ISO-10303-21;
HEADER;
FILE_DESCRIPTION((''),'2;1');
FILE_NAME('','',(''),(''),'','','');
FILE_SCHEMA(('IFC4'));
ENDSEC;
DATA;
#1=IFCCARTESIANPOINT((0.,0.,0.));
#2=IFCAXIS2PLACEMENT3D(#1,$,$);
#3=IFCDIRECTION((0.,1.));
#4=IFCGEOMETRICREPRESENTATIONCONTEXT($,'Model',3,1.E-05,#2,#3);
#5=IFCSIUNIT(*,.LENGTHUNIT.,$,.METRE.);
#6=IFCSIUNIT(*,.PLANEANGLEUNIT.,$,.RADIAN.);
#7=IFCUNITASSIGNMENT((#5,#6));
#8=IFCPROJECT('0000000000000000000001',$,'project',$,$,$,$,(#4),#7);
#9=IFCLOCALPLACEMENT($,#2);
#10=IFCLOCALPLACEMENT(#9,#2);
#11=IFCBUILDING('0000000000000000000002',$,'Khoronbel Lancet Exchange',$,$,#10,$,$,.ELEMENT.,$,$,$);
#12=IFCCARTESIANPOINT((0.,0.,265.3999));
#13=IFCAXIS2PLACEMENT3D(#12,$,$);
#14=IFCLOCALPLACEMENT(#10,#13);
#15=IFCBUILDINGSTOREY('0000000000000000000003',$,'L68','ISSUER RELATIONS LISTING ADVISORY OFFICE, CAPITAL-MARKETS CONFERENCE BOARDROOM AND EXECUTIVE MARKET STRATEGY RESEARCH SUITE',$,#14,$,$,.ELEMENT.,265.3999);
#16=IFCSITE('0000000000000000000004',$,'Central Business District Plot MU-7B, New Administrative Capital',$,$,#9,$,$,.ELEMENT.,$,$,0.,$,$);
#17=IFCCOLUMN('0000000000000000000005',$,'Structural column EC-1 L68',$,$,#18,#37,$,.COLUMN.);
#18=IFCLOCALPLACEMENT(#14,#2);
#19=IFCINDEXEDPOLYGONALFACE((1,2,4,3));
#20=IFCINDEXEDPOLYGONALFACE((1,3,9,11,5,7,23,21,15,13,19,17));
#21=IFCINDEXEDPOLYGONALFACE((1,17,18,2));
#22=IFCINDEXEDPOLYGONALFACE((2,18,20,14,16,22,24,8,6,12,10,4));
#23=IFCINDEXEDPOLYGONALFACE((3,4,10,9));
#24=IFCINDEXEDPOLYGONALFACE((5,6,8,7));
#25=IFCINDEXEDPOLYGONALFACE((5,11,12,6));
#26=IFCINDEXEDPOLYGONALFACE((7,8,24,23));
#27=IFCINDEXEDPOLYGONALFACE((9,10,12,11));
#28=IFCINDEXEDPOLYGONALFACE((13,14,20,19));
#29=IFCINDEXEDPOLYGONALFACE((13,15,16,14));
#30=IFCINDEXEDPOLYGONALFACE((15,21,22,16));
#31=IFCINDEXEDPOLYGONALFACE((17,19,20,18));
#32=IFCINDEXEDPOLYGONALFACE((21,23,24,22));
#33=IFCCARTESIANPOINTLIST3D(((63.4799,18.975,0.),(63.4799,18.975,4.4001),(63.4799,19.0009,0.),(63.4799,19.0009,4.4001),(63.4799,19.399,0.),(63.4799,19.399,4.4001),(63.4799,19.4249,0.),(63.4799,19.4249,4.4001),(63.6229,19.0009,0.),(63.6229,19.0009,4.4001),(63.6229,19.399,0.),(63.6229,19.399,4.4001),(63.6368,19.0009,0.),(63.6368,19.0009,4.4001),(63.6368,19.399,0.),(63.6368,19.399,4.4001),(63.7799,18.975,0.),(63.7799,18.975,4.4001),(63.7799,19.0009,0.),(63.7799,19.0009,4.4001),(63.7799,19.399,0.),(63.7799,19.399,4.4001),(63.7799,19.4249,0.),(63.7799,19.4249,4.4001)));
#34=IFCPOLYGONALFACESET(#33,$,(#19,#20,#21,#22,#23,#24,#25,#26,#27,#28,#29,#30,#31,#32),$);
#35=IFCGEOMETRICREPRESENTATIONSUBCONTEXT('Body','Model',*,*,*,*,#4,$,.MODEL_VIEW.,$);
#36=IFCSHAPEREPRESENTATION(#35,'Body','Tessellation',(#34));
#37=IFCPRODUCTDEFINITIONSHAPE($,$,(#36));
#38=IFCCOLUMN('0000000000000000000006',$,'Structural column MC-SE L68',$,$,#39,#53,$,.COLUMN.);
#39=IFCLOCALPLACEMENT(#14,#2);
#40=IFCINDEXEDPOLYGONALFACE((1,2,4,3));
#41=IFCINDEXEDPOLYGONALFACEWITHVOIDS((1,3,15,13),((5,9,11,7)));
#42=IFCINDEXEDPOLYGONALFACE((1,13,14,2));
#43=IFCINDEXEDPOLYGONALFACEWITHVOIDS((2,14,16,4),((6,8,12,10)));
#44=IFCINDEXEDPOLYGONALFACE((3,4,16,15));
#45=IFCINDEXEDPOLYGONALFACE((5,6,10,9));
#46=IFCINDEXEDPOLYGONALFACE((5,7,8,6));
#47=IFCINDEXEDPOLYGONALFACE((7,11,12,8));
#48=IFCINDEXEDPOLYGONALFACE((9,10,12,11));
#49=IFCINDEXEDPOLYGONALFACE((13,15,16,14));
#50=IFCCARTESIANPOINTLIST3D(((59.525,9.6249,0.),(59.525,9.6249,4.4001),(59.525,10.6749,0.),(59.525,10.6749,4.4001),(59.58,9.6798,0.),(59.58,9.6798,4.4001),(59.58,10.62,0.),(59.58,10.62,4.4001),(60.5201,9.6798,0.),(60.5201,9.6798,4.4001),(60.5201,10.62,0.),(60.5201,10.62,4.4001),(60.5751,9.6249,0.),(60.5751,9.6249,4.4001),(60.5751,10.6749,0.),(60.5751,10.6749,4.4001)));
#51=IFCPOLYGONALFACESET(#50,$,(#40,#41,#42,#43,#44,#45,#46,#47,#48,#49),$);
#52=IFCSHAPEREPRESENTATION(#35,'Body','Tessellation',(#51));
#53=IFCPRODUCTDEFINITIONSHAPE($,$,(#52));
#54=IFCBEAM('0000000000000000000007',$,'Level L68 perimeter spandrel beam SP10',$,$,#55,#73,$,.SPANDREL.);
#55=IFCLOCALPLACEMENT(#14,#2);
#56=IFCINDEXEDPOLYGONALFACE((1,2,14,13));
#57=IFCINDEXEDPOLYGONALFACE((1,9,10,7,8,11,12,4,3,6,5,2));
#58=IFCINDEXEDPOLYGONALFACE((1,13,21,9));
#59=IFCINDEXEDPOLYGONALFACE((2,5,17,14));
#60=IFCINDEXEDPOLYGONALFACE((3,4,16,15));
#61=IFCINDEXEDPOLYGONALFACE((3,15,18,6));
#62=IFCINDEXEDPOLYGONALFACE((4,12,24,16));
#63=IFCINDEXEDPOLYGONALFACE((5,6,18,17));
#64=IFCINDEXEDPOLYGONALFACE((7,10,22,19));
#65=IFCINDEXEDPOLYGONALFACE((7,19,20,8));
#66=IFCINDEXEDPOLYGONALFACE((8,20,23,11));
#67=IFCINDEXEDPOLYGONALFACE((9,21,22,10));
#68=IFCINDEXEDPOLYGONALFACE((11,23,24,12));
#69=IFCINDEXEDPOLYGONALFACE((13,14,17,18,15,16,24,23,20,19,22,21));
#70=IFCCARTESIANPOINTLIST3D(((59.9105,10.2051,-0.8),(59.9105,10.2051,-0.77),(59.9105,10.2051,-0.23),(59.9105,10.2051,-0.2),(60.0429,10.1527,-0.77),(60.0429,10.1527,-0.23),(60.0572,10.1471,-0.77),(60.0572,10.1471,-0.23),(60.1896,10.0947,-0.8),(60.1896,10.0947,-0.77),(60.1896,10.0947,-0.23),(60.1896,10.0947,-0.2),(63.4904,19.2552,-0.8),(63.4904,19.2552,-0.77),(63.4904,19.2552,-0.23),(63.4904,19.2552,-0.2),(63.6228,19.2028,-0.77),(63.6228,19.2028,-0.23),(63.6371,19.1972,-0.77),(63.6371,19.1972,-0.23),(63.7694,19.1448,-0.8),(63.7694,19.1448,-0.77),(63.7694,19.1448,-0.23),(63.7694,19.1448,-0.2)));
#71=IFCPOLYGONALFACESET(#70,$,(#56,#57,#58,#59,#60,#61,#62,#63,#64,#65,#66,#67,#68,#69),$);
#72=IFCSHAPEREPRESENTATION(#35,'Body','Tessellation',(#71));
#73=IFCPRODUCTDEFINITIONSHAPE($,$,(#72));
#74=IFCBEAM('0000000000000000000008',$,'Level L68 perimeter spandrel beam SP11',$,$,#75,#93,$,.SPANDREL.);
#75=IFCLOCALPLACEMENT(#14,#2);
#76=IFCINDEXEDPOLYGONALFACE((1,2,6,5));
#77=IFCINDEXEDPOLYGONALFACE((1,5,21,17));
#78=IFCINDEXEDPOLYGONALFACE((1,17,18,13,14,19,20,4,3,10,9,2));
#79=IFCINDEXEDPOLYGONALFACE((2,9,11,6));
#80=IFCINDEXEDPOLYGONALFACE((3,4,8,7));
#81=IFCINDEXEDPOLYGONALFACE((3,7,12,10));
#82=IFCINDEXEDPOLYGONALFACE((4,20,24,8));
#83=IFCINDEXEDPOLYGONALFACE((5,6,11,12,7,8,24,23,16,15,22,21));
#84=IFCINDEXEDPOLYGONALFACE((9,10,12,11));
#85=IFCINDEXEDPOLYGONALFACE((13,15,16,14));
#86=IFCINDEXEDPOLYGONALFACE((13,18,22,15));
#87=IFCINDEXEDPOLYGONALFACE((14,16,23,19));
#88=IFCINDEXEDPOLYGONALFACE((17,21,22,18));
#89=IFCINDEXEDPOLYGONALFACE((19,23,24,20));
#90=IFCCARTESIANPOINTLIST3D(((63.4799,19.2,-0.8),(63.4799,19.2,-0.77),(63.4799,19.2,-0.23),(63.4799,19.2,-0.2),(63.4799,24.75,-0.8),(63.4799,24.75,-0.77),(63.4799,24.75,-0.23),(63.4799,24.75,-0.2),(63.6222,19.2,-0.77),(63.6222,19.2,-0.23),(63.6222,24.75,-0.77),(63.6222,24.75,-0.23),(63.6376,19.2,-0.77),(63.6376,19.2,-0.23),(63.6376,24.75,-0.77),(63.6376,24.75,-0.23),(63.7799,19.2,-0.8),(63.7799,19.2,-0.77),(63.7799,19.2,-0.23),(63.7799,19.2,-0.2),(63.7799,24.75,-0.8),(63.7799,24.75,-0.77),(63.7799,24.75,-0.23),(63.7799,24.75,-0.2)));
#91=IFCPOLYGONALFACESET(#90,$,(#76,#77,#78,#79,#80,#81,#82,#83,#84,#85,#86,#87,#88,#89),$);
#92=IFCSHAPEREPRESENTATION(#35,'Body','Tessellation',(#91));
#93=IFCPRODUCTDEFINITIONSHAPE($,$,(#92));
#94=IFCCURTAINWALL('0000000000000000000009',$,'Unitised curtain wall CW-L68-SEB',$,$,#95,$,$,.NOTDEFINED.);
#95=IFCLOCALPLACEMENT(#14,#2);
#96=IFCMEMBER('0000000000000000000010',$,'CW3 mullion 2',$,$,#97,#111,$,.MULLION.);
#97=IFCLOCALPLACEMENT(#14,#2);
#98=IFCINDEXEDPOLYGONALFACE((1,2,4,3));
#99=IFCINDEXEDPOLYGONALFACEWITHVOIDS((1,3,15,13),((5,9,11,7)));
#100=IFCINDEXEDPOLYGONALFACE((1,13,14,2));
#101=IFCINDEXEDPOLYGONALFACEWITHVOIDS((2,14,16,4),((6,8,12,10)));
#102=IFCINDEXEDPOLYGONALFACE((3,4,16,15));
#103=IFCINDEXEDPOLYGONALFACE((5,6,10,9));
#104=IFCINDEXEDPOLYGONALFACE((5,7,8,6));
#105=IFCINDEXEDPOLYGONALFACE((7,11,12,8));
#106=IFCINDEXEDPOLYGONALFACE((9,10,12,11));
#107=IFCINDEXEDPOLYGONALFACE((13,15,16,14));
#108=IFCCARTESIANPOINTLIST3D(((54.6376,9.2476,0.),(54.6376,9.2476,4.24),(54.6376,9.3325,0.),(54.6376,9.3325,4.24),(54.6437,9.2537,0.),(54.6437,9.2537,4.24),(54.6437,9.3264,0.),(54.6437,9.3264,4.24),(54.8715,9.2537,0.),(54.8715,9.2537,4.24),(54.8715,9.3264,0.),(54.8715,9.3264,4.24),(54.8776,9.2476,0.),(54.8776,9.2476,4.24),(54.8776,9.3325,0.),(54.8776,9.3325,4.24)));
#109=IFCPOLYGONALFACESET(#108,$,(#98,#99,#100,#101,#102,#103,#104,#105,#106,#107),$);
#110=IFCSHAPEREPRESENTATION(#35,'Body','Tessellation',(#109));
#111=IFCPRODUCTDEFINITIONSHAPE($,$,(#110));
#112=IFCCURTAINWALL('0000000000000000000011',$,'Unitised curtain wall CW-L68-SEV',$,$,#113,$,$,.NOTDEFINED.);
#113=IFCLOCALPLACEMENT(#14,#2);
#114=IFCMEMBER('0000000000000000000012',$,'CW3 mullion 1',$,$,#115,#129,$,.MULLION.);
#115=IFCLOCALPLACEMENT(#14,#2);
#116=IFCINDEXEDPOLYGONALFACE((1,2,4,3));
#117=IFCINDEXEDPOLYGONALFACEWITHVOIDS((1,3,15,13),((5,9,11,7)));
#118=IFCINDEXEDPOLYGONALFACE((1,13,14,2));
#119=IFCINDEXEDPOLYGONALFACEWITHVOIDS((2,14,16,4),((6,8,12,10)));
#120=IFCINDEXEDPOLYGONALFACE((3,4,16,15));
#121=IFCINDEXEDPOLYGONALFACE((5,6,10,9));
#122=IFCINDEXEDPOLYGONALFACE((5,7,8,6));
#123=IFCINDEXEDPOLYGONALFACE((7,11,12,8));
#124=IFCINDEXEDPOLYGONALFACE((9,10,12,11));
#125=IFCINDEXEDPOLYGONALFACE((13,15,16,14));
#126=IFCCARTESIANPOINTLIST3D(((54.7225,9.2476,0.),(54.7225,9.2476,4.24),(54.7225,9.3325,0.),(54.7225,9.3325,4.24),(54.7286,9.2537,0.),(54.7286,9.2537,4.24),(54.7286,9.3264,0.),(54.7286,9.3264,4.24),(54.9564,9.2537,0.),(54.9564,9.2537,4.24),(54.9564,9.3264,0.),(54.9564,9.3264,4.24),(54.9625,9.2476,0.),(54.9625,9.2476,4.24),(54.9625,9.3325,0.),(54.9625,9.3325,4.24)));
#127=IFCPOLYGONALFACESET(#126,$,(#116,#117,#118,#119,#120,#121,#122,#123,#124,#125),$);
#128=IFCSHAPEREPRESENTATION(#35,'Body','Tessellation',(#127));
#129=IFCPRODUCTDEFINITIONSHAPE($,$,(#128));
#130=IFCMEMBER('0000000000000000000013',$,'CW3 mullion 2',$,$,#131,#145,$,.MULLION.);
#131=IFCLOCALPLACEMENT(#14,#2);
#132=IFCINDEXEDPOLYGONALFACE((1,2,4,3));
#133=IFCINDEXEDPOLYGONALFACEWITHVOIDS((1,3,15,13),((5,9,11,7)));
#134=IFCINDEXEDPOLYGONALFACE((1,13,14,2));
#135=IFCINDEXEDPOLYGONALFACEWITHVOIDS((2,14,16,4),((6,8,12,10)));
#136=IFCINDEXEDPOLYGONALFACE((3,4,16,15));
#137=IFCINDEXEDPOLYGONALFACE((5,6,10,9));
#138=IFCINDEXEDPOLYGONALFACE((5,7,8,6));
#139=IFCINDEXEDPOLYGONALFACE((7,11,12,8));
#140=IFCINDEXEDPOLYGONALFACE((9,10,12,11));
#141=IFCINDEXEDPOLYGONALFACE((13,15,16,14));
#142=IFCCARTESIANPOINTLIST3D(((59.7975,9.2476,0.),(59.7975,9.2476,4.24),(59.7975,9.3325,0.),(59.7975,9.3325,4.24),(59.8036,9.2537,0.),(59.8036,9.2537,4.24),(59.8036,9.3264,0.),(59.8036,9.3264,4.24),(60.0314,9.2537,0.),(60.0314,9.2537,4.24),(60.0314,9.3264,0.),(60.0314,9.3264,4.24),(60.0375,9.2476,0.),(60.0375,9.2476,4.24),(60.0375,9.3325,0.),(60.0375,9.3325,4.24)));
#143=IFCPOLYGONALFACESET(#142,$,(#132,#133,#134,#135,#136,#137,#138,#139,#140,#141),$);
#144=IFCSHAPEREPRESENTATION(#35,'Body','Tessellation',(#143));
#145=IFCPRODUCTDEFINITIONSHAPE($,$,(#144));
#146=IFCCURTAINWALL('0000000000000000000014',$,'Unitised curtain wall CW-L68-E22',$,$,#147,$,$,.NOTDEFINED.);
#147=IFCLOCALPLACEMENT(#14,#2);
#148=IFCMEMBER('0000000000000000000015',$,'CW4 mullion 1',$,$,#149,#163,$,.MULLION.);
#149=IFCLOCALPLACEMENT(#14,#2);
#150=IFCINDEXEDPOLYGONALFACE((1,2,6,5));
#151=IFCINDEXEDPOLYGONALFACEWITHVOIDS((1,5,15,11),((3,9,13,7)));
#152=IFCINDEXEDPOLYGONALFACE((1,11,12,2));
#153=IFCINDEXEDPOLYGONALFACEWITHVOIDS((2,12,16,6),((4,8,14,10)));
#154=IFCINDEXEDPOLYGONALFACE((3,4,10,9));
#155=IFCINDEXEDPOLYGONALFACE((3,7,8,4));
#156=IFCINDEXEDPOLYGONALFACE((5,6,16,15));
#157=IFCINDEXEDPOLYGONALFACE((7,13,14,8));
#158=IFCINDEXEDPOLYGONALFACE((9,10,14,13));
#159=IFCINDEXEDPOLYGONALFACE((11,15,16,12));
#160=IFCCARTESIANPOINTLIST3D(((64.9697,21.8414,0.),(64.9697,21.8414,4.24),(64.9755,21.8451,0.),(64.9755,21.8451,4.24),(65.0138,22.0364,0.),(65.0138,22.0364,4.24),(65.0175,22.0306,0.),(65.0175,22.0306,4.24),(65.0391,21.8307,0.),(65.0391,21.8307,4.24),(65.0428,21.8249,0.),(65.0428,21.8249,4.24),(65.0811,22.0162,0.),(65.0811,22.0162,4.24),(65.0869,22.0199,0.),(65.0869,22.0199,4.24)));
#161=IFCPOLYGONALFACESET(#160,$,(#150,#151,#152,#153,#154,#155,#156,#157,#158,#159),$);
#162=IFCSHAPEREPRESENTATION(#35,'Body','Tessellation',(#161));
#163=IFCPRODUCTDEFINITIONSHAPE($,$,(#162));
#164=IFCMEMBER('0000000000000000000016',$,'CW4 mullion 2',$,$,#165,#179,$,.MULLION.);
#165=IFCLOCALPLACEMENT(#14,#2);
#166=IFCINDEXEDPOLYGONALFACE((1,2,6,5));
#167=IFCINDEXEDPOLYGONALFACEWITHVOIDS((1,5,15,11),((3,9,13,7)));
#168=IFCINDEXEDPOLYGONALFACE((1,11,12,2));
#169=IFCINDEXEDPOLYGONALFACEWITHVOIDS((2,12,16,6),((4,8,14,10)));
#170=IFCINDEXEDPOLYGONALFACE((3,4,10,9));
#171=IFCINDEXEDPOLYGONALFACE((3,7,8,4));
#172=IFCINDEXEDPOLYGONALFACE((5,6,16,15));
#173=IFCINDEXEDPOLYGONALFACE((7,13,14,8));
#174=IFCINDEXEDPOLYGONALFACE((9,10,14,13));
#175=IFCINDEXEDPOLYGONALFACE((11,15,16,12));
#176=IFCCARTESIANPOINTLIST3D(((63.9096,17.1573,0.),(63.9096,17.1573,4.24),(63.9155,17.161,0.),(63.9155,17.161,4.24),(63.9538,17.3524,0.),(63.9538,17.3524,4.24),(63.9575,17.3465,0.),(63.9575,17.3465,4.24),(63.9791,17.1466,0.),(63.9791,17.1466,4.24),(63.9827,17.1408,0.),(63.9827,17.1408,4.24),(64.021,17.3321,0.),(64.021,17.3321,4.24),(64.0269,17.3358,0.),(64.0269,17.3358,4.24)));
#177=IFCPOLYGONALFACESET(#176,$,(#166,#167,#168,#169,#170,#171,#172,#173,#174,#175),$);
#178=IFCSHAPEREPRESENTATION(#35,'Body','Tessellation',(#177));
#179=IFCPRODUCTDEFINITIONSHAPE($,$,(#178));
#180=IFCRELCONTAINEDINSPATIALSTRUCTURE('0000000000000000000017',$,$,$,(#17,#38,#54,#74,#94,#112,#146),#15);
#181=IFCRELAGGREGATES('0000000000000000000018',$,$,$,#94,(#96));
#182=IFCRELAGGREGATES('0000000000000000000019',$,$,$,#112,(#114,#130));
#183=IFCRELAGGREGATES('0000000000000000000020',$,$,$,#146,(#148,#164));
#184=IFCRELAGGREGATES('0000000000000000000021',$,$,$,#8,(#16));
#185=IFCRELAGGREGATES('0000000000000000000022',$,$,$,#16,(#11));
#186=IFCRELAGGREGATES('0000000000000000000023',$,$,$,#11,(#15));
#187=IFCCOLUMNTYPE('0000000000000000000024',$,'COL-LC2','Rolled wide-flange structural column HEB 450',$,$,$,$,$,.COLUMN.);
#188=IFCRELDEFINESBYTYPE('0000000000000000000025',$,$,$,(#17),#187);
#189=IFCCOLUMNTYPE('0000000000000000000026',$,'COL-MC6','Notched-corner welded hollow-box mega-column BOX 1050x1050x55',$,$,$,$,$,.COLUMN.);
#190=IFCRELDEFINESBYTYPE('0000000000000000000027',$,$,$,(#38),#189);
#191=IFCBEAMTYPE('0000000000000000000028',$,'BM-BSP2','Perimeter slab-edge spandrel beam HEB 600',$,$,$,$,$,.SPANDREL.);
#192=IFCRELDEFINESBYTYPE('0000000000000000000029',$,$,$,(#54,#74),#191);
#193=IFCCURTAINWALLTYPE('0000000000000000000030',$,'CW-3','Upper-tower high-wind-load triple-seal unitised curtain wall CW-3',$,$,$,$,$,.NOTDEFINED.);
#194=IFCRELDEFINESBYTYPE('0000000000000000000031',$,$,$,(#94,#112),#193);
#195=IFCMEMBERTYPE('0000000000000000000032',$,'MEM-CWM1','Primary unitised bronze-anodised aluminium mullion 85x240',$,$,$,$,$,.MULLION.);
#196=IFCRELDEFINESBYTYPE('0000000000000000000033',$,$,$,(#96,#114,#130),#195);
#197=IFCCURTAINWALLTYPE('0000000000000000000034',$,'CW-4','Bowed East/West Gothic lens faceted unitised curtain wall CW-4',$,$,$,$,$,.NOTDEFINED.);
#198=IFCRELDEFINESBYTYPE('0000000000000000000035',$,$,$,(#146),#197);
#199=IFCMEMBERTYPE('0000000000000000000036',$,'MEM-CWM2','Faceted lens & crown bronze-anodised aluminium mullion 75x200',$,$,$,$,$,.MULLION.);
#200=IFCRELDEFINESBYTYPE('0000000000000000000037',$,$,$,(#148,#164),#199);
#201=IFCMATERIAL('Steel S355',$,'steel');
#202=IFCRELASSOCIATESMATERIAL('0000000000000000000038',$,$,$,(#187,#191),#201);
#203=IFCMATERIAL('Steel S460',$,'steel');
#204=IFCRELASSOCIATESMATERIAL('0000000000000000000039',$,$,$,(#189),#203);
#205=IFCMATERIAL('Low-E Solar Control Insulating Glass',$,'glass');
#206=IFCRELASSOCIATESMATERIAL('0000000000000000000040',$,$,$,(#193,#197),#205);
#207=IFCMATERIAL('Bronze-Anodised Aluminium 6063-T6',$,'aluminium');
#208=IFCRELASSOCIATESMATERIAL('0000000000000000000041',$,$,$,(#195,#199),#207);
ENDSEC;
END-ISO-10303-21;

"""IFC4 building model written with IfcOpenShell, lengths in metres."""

from ifc_helpers import new_model, si_unit, direction, frame, origin, origin_2d, place, context, subcontext, project, spatial, hollow_rectangle, i_section, extrude, material, material_profile, profile_set, type_object, element, aggregate, save


model = new_model("IFC4")

# Units and contexts
model_context = context("Model", 3, precision=1e-05, world=origin(), true_north=direction((0.0, 1.0)))
body_context = subcontext(model_context, "Body", "Model", "MODEL_VIEW")
ifc_project = project(units=[si_unit("LENGTHUNIT", "METRE"), si_unit("PLANEANGLEUNIT", "RADIAN")], contexts=[model_context])

# Site, building, storey
site_placement = place(None, origin())
site = spatial("IfcSite", under=ifc_project, at=site_placement, Name="Central Business District Plot MU-7B, New Administrative Capital", CompositionType="ELEMENT", RefElevation=0.0)
building_placement = place(site_placement, origin())
building = spatial("IfcBuilding", under=site, at=building_placement, Name="Khoronbel Lancet Exchange", CompositionType="ELEMENT")
storey_placement = place(building_placement, frame((0.0, 0.0, 265.3999)))
storey = spatial("IfcBuildingStorey", under=building, at=storey_placement, Name="L68", Description="ISSUER RELATIONS LISTING ADVISORY OFFICE, CAPITAL-MARKETS CONFERENCE BOARDROOM AND EXECUTIVE MARKET STRATEGY RESEARCH SUITE", CompositionType="ELEMENT", Elevation=265.3999)

# Columns
ifc_material_1 = material(Name="Steel S355", Category="steel")
ifc_material_profile_1 = material_profile(ifc_material_1, i_section(OverallWidth=0.3, OverallDepth=0.45, WebThickness=0.0139, FlangeThickness=0.0259, at=origin_2d()), Name="HEB 450")
ifc_profile_set_1 = profile_set([ifc_material_profile_1], Name="Steel S355")
column_type_1 = type_object("IfcColumnType", Name="COL-LC2", Description="Rolled wide-flange structural column HEB 450", PredefinedType="COLUMN", material=ifc_profile_set_1)
column_1_placement = place(storey_placement, frame((63.6299, 19.2, 0.0), z_axis=(0.0, 0.0, 1.0), x_axis=(1.0, 0.0, 0.0)))
element("IfcColumn", 1, at=column_1_placement, inside=storey, type_object=column_type_1, Name="Structural column EC-1 L68", PredefinedType="COLUMN", context=body_context, shape_type="SweptSolid", body=[
    extrude(i_section(OverallWidth=0.3, OverallDepth=0.45, WebThickness=0.0139, FlangeThickness=0.0259, at=origin_2d()), origin(), (0.0, 0.0, 1.0), 4.4001),
])
ifc_material_2 = material(Name="Steel S460", Category="steel")
ifc_material_profile_2 = material_profile(ifc_material_2, hollow_rectangle(XDim=1.05, YDim=1.05, WallThickness=0.0549, at=origin_2d()), Name="BOX 1050x1050x55")
ifc_profile_set_2 = profile_set([ifc_material_profile_2], Name="Steel S460")
column_type_2 = type_object("IfcColumnType", Name="COL-MC6", Description="Notched-corner welded hollow-box mega-column BOX 1050x1050x55", PredefinedType="COLUMN", material=ifc_profile_set_2)
column_2_placement = place(storey_placement, frame((60.05, 10.1499, 0.0), z_axis=(0.0, 0.0, 1.0), x_axis=(1.0, 0.0, 0.0)))
element("IfcColumn", 2, at=column_2_placement, inside=storey, type_object=column_type_2, Name="Structural column MC-SE L68", PredefinedType="COLUMN", context=body_context, shape_type="SweptSolid", body=[
    extrude(hollow_rectangle(XDim=1.05, YDim=1.05, WallThickness=0.0549, at=origin_2d()), origin(), (0.0, 0.0, 1.0), 4.4001),
])

# Beams
ifc_material_profile_3 = material_profile(ifc_material_1, i_section(OverallWidth=0.3, OverallDepth=0.6001, WebThickness=0.0154, FlangeThickness=0.03, at=origin_2d()), Name="HEB 600")
ifc_profile_set_3 = profile_set([ifc_material_profile_3], Name="Steel S355")
beam_type = type_object("IfcBeamType", Name="BM-BSP2", Description="Perimeter slab-edge spandrel beam HEB 600", PredefinedType="SPANDREL", material=ifc_profile_set_3)
beam_1_placement = place(storey_placement, frame((60.05, 10.1499, -0.5), z_axis=(0.367828, 0.929894, 0.0), x_axis=(-0.929894, 0.367828, 0.0)))
element("IfcBeam", 3, at=beam_1_placement, inside=storey, type_object=beam_type, Name="Level L68 perimeter spandrel beam SP10", PredefinedType="SPANDREL", context=body_context, shape_type="SweptSolid", body=[
    extrude(i_section(OverallWidth=0.3, OverallDepth=0.6001, WebThickness=0.0154, FlangeThickness=0.03, at=origin_2d()), origin(), (0.0, 0.0, 1.0), 9.7324),
])
beam_2_placement = place(storey_placement, frame((63.6299, 19.2, -0.5), z_axis=(0.0, 1.0, 0.0), x_axis=(-1.0, 0.0, 0.0)))
element("IfcBeam", 4, at=beam_2_placement, inside=storey, type_object=beam_type, Name="Level L68 perimeter spandrel beam SP11", PredefinedType="SPANDREL", context=body_context, shape_type="SweptSolid", body=[
    extrude(i_section(OverallWidth=0.3, OverallDepth=0.6001, WebThickness=0.0154, FlangeThickness=0.03, at=origin_2d()), origin(), (0.0, 0.0, 1.0), 5.55),
])

# Curtain wall, member
ifc_material_3 = material(Name="Low-E Solar Control Insulating Glass", Category="glass")
curtain_wall_type_1 = type_object("IfcCurtainWallType", Name="CW-3", Description="Upper-tower high-wind-load triple-seal unitised curtain wall CW-3", PredefinedType="NOTDEFINED", material=ifc_material_3)
curtain_wall_1_placement = place(storey_placement, origin())
curtain_wall_1 = element("IfcCurtainWall", 5, at=curtain_wall_1_placement, inside=storey, type_object=curtain_wall_type_1, Name="Unitised curtain wall CW-L68-SEB", PredefinedType="NOTDEFINED")
ifc_material_4 = material(Name="Bronze-Anodised Aluminium 6063-T6", Category="aluminium")
ifc_material_profile_4 = material_profile(ifc_material_4, hollow_rectangle(XDim=0.085, YDim=0.24, WallThickness=0.0061, at=origin_2d()), Name="ALU MULLION 85x240")
ifc_profile_set_4 = profile_set([ifc_material_profile_4], Name="Bronze-Anodised Aluminium 6063-T6")
member_type_1 = type_object("IfcMemberType", Name="MEM-CWM1", Description="Primary unitised bronze-anodised aluminium mullion 85x240", PredefinedType="MULLION", material=ifc_profile_set_4)
member_1_placement = place(storey_placement, frame((54.7576, 9.29, 0.0), z_axis=(0.0, 0.0, 1.0), x_axis=(0.0, 1.0, 0.0)))
member_1 = element("IfcMember", 6, at=member_1_placement, type_object=member_type_1, Name="CW3 mullion 2", PredefinedType="MULLION", context=body_context, shape_type="SweptSolid", body=[
    extrude(hollow_rectangle(XDim=0.085, YDim=0.24, WallThickness=0.0061, at=origin_2d()), origin(), (0.0, 0.0, 1.0), 4.24),
])
aggregate(curtain_wall_1, [member_1])

# Curtain walls, members
curtain_wall_2_placement = place(storey_placement, origin())
curtain_wall_2 = element("IfcCurtainWall", 7, at=curtain_wall_2_placement, inside=storey, type_object=curtain_wall_type_1, Name="Unitised curtain wall CW-L68-SEV", PredefinedType="NOTDEFINED")
member_2_placement = place(storey_placement, frame((54.8425, 9.29, 0.0), z_axis=(0.0, 0.0, 1.0), x_axis=(0.0, 1.0, 0.0)))
member_2 = element("IfcMember", 8, at=member_2_placement, type_object=member_type_1, Name="CW3 mullion 1", PredefinedType="MULLION", context=body_context, shape_type="SweptSolid", body=[
    extrude(hollow_rectangle(XDim=0.085, YDim=0.24, WallThickness=0.0061, at=origin_2d()), origin(), (0.0, 0.0, 1.0), 4.24),
])
member_3_placement = place(storey_placement, frame((59.9175, 9.29, 0.0), z_axis=(0.0, 0.0, 1.0), x_axis=(0.0, 1.0, 0.0)))
member_3 = element("IfcMember", 9, at=member_3_placement, type_object=member_type_1, Name="CW3 mullion 2", PredefinedType="MULLION", context=body_context, shape_type="SweptSolid", body=[
    extrude(hollow_rectangle(XDim=0.085, YDim=0.24, WallThickness=0.0061, at=origin_2d()), origin(), (0.0, 0.0, 1.0), 4.24),
])
curtain_wall_type_2 = type_object("IfcCurtainWallType", Name="CW-4", Description="Bowed East/West Gothic lens faceted unitised curtain wall CW-4", PredefinedType="NOTDEFINED", material=ifc_material_3)
curtain_wall_3_placement = place(storey_placement, origin())
curtain_wall_3 = element("IfcCurtainWall", 10, at=curtain_wall_3_placement, inside=storey, type_object=curtain_wall_type_2, Name="Unitised curtain wall CW-L68-E22", PredefinedType="NOTDEFINED")
ifc_material_profile_5 = material_profile(ifc_material_4, hollow_rectangle(XDim=0.075, YDim=0.2, WallThickness=0.0049, at=origin_2d()), Name="ALU MULLION 75x200")
ifc_profile_set_5 = profile_set([ifc_material_profile_5], Name="Bronze-Anodised Aluminium 6063-T6")
member_type_2 = type_object("IfcMemberType", Name="MEM-CWM2", Description="Faceted lens & crown bronze-anodised aluminium mullion 75x200", PredefinedType="MULLION", material=ifc_profile_set_5)
member_4_placement = place(storey_placement, frame((65.0283, 21.9307, 0.0), z_axis=(0.0, 0.0, 1.0), x_axis=(0.975335, -0.220728, 0.0)))
member_4 = element("IfcMember", 11, at=member_4_placement, type_object=member_type_2, Name="CW4 mullion 1", PredefinedType="MULLION", context=body_context, shape_type="SweptSolid", body=[
    extrude(hollow_rectangle(XDim=0.075, YDim=0.2, WallThickness=0.0049, at=origin_2d()), origin(), (0.0, 0.0, 1.0), 4.24),
])
member_5_placement = place(storey_placement, frame((63.9683, 17.2466, 0.0), z_axis=(0.0, 0.0, 1.0), x_axis=(0.975335, -0.220728, 0.0)))
member_5 = element("IfcMember", 12, at=member_5_placement, type_object=member_type_2, Name="CW4 mullion 2", PredefinedType="MULLION", context=body_context, shape_type="SweptSolid", body=[
    extrude(hollow_rectangle(XDim=0.075, YDim=0.2, WallThickness=0.0049, at=origin_2d()), origin(), (0.0, 0.0, 1.0), 4.24),
])

aggregate(curtain_wall_2, [member_2, member_3])
aggregate(curtain_wall_3, [member_4, member_5])

save(model, "model.ifc")
